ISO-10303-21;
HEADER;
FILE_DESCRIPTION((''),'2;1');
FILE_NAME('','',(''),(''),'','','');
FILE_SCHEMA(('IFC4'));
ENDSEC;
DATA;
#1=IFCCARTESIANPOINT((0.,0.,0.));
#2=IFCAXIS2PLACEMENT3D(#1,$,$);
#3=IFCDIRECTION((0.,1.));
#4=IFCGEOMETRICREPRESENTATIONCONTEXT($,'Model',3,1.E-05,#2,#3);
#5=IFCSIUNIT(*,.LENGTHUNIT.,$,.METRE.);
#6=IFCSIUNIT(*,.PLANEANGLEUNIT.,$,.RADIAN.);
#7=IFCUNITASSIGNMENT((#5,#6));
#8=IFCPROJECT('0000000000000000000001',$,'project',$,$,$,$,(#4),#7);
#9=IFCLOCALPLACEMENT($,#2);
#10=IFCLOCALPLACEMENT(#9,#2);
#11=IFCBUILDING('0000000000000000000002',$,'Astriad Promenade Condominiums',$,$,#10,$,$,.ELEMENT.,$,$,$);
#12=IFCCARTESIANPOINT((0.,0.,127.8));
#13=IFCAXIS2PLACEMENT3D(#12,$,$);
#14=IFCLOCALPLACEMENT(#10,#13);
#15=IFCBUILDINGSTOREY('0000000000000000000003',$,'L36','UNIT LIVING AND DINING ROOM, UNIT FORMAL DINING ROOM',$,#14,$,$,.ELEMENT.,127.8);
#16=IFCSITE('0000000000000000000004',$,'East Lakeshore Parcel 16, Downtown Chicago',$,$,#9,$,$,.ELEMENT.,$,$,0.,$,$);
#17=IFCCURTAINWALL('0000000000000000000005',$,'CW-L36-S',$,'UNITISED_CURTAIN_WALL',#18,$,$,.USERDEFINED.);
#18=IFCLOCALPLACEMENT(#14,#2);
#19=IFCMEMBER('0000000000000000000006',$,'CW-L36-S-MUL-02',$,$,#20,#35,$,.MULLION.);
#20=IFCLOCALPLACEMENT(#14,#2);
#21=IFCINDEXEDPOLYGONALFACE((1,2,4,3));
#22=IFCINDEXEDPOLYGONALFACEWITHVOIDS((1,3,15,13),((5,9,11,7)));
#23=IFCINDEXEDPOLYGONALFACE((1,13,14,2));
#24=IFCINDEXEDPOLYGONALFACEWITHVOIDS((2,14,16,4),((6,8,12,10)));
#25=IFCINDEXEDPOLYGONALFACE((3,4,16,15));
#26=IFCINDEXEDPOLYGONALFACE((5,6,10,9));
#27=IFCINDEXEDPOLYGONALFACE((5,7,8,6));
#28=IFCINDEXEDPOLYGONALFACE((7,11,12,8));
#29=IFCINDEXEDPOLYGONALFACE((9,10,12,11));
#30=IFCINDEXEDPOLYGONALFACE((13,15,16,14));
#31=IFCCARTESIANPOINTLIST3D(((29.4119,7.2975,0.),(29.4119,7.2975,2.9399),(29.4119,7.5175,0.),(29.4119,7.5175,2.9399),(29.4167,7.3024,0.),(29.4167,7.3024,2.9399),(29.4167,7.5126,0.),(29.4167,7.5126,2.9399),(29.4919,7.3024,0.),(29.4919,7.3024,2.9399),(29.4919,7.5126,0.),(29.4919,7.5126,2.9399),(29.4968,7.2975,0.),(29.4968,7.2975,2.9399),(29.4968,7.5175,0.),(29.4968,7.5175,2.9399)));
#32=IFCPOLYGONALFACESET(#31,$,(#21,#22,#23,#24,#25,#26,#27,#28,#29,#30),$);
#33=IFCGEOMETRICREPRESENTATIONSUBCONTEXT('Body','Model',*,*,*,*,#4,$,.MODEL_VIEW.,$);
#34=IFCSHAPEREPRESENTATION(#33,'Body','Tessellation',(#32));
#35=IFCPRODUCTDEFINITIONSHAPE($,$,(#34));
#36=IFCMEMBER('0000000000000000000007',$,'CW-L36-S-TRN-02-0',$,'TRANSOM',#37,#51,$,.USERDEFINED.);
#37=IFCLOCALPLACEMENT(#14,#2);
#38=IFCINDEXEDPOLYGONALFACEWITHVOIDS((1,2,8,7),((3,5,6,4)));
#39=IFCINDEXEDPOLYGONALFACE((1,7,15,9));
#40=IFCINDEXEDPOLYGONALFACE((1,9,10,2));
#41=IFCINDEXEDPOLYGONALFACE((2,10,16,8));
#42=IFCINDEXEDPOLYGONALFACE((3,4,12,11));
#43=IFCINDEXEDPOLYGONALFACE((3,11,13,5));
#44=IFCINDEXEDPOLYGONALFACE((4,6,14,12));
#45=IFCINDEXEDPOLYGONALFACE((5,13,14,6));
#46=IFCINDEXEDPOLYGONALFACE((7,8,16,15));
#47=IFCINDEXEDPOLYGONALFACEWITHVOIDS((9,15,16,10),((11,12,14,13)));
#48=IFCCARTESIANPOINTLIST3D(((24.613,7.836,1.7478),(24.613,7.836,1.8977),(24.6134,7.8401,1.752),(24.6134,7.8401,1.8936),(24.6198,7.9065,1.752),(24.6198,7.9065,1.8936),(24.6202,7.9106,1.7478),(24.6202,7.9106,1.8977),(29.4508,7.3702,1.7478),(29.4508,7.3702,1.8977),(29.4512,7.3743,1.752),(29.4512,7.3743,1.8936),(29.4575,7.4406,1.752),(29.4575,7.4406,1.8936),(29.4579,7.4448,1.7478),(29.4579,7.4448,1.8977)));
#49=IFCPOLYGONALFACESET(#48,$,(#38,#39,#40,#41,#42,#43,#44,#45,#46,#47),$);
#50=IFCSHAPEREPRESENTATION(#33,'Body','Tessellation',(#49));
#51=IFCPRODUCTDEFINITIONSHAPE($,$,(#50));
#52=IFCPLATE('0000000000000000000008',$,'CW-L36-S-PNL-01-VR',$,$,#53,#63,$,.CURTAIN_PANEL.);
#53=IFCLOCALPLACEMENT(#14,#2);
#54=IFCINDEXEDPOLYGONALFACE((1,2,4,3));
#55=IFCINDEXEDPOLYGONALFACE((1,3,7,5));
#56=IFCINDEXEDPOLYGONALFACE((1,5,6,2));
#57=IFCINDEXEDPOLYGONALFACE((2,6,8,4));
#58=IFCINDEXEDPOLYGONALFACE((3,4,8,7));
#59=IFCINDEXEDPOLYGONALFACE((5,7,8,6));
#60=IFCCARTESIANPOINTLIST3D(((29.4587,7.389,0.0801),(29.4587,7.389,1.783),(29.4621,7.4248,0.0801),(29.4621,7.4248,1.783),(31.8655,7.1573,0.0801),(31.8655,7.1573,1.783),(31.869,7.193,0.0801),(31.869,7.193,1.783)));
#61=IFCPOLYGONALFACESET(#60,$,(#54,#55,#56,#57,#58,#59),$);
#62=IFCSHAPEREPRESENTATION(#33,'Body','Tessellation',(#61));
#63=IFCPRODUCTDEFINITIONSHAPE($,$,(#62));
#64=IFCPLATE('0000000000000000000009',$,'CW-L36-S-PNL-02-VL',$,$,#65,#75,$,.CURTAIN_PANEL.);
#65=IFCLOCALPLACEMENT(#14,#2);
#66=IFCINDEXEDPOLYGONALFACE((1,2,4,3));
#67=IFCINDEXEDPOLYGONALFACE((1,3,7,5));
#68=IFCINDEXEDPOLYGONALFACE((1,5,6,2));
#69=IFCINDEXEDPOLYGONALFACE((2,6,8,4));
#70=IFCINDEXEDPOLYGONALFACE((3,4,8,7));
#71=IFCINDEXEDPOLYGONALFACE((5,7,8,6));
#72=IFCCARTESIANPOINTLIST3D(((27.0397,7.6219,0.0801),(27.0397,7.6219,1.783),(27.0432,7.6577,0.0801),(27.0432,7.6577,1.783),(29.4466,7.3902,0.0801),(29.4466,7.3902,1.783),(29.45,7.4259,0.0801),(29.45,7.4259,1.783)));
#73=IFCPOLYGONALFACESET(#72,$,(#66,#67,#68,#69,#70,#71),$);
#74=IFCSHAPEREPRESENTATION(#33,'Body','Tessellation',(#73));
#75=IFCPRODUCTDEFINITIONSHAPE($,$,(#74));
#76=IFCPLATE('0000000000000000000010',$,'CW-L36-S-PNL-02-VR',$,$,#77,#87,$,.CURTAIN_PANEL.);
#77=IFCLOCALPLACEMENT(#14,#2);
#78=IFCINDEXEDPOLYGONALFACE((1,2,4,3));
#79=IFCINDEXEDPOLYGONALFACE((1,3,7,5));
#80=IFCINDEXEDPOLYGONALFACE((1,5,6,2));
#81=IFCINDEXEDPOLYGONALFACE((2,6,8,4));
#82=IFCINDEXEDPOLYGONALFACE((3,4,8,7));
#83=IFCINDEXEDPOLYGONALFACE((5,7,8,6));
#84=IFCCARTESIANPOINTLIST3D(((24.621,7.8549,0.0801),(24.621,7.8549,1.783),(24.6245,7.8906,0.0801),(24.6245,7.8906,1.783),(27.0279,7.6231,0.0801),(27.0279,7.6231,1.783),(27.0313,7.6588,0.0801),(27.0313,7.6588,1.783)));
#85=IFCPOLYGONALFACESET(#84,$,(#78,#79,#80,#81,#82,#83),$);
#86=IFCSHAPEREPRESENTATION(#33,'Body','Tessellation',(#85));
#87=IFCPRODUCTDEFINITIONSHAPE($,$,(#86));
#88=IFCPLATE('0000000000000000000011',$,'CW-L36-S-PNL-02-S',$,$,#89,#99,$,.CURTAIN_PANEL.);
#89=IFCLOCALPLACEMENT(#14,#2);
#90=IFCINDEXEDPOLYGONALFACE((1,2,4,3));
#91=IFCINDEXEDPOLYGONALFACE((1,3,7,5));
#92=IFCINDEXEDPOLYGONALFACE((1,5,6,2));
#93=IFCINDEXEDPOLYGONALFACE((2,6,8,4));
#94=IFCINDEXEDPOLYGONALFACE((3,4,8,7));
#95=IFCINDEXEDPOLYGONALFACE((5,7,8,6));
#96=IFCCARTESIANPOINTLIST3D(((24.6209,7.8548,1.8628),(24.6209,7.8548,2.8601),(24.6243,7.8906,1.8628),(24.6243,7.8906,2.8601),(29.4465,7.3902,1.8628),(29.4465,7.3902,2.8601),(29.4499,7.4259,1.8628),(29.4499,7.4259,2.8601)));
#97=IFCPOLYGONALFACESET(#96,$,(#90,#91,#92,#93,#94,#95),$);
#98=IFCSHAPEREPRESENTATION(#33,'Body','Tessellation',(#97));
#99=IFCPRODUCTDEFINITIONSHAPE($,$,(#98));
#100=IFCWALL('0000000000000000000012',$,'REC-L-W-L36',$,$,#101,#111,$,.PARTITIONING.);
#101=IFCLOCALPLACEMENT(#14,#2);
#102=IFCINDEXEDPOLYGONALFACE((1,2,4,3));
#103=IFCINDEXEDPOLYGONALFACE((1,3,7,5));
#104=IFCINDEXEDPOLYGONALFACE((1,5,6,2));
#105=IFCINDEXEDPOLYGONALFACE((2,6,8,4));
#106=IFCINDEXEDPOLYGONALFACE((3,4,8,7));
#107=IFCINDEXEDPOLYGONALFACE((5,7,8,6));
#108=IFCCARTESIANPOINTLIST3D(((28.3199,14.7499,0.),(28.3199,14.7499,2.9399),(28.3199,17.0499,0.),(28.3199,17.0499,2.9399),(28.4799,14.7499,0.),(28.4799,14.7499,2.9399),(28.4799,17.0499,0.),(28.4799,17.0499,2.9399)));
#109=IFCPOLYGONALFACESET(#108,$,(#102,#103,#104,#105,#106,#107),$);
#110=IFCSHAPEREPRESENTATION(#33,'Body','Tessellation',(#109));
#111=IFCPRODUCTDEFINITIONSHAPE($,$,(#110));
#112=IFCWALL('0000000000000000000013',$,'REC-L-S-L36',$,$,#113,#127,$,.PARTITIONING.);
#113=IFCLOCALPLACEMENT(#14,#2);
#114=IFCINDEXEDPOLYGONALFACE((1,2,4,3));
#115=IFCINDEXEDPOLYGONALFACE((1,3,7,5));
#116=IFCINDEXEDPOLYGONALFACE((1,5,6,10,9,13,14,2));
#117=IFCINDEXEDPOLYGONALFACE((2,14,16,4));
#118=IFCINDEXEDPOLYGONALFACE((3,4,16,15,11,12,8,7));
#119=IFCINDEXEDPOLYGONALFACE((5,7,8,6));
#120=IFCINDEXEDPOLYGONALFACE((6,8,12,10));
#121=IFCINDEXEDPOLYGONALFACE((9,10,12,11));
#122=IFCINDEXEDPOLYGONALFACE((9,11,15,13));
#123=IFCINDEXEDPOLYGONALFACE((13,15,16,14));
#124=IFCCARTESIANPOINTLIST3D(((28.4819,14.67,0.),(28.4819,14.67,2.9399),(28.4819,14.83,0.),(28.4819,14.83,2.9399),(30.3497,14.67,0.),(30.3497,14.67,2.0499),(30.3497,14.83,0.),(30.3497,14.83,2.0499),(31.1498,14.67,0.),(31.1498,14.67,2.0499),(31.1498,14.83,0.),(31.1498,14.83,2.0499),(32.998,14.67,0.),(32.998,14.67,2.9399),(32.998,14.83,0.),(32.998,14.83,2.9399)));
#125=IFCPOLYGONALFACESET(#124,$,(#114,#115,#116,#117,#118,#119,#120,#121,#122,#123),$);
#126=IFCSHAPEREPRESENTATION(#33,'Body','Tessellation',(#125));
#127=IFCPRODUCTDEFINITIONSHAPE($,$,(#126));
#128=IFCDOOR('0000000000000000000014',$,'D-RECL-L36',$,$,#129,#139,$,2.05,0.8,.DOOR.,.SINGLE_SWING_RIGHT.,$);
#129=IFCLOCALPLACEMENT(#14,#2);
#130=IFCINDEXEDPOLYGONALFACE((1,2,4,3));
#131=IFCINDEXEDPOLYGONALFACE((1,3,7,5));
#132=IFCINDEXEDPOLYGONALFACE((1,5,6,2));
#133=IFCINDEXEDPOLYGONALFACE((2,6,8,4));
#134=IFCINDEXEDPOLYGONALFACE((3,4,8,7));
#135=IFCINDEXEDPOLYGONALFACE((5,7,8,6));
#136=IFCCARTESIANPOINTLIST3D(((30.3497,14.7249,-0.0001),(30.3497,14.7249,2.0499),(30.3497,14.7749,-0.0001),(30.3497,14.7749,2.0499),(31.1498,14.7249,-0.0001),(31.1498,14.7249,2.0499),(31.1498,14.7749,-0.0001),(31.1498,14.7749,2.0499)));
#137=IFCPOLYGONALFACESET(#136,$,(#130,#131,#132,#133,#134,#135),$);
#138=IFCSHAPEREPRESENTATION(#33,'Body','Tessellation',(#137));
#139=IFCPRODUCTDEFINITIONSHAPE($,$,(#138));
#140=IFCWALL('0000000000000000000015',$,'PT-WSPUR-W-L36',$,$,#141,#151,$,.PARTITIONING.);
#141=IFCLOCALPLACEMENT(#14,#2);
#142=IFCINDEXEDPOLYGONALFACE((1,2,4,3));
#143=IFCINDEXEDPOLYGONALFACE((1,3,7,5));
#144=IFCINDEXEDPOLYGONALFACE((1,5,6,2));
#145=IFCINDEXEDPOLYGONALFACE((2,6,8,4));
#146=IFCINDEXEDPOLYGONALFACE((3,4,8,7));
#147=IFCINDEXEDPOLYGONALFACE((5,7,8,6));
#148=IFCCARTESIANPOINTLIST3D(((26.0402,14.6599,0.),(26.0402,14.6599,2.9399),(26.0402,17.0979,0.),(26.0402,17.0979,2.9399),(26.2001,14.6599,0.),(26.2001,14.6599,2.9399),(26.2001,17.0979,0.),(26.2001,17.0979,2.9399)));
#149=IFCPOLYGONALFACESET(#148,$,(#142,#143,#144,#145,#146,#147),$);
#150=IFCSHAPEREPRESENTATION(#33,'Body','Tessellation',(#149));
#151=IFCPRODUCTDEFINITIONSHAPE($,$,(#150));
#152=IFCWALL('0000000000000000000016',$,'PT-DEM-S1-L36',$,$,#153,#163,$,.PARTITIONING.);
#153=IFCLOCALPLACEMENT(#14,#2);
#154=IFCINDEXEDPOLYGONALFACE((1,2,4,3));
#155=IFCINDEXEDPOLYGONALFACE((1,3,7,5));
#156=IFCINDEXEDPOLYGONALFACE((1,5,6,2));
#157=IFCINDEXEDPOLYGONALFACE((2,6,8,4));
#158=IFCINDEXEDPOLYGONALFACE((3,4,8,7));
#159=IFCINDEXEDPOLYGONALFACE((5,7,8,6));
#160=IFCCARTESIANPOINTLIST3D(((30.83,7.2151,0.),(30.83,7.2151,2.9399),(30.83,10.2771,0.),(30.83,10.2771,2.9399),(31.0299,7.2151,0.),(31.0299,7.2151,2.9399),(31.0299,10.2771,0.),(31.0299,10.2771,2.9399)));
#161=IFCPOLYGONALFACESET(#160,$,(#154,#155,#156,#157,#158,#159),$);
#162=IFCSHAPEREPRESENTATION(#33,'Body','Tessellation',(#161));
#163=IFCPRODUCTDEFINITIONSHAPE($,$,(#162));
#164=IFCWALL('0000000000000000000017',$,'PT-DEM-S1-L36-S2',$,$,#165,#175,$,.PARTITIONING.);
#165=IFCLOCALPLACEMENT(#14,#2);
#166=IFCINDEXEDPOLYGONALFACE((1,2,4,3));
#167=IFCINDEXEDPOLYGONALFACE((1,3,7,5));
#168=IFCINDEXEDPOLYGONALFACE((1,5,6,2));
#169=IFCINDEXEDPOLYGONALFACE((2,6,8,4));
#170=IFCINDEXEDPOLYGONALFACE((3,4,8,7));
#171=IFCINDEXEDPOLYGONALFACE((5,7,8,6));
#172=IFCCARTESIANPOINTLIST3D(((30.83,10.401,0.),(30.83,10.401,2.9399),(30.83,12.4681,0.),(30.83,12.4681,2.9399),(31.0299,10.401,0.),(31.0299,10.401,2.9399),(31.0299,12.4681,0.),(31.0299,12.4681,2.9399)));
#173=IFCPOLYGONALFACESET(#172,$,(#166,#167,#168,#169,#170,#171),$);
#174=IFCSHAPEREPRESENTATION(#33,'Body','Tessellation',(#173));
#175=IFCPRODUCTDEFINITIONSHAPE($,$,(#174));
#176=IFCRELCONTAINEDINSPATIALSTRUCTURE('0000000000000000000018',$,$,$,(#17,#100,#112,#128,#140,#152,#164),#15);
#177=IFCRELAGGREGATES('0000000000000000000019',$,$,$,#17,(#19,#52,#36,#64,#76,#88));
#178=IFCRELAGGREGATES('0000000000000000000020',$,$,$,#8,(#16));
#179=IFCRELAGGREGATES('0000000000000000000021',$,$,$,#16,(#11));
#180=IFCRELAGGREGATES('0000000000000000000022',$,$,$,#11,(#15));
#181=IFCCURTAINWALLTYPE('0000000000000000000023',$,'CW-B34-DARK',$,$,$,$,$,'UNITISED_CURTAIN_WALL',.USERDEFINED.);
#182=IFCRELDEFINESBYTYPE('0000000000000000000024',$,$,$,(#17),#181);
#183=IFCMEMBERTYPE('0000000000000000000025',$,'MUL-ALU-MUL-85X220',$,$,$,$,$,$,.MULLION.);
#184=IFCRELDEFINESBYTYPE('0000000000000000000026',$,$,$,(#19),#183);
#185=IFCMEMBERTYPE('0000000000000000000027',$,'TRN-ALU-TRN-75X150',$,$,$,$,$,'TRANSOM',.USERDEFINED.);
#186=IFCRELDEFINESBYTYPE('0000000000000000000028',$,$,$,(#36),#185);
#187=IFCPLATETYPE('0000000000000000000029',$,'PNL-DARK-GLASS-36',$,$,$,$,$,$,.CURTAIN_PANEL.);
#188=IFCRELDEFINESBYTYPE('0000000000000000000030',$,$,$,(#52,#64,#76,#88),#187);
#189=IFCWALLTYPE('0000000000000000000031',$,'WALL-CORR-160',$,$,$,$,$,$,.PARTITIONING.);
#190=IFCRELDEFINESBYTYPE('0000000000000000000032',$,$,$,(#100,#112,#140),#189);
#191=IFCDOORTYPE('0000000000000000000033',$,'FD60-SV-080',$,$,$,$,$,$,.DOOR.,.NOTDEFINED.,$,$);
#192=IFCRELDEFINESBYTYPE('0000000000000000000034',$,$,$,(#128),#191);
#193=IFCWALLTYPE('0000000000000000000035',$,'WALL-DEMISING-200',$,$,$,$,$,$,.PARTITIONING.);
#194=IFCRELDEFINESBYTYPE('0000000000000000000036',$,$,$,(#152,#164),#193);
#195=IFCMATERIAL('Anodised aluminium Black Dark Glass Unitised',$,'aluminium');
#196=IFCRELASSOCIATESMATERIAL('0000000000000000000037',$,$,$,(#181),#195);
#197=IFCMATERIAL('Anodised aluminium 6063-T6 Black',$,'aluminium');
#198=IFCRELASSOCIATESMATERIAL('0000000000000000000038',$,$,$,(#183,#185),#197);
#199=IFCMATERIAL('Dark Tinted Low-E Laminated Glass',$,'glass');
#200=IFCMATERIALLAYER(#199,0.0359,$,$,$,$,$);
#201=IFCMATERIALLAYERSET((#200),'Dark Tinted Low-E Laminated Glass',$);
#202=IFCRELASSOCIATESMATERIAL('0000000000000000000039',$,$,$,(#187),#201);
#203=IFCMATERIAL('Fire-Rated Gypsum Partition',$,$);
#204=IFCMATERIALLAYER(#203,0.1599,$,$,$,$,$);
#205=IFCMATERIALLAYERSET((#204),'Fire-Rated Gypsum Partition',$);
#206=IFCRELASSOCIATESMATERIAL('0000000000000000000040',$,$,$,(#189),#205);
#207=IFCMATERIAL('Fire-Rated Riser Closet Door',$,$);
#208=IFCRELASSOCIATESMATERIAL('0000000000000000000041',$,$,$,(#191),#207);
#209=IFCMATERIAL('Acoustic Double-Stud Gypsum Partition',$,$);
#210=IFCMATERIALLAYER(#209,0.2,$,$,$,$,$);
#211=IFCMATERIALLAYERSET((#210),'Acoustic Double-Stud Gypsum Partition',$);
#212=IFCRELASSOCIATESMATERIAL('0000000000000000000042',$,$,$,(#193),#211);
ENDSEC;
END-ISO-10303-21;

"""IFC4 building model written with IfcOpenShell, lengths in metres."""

from ifc_helpers import new_model, si_unit, direction, frame, frame_2d, origin, origin_2d, place, context, subcontext, project, spatial, rectangle, hollow_rectangle, extrude, source, transform, mapped, material, layer, layer_set, material_profile, profile_set, type_object, type_shapes, element, fill, aggregate, save


model = new_model("IFC4")

# Units and contexts
model_context = context("Model", 3, precision=1e-05, world=origin(), true_north=direction((0.0, 1.0)))
body_context = subcontext(model_context, "Body", "Model", "MODEL_VIEW")
ifc_project = project(units=[si_unit("LENGTHUNIT", "METRE"), si_unit("PLANEANGLEUNIT", "RADIAN")], contexts=[model_context])

# Site, building, storey
site_placement = place(None, origin())
site = spatial("IfcSite", under=ifc_project, at=site_placement, Name="East Lakeshore Parcel 16, Downtown Chicago", CompositionType="ELEMENT", RefElevation=0.0)
building_placement = place(site_placement, origin())
building = spatial("IfcBuilding", under=site, at=building_placement, Name="Astriad Promenade Condominiums", CompositionType="ELEMENT")
storey_placement = place(building_placement, frame((0.0, 0.0, 127.8)))
storey = spatial("IfcBuildingStorey", under=building, at=storey_placement, Name="L36", Description="UNIT LIVING AND DINING ROOM, UNIT FORMAL DINING ROOM", CompositionType="ELEMENT", Elevation=127.8)

# Curtain wall, members, plates
ifc_material_1 = material(Name="Anodised aluminium Black Dark Glass Unitised", Category="aluminium")
curtain_wall_type = type_object("IfcCurtainWallType", Name="CW-B34-DARK", ElementType="UNITISED_CURTAIN_WALL", PredefinedType="USERDEFINED", material=ifc_material_1)
curtain_wall_placement = place(storey_placement, origin())
curtain_wall = element("IfcCurtainWall", 1, at=curtain_wall_placement, inside=storey, type_object=curtain_wall_type, Name="CW-L36-S", ObjectType="UNITISED_CURTAIN_WALL", PredefinedType="USERDEFINED")
ifc_material_2 = material(Name="Anodised aluminium 6063-T6 Black", Category="aluminium")
ifc_material_profile_1 = material_profile(ifc_material_2, hollow_rectangle(XDim=0.085, YDim=0.22, WallThickness=0.0049, at=origin_2d()), Name="ALU-MUL-85X220")
ifc_profile_set_1 = profile_set([ifc_material_profile_1], Name="Anodised aluminium 6063-T6 Black")
member_type_1 = type_object("IfcMemberType", Name="MUL-ALU-MUL-85X220", PredefinedType="MULLION", material=ifc_profile_set_1)
shared_shape_1 = source(origin(), body_context, "Body", "SweptSolid", [
    extrude(hollow_rectangle(XDim=0.085, YDim=0.22, WallThickness=0.0049, at=origin_2d()), origin(), (0.0, 0.0, 1.0), 2.9399),
])
type_shapes(member_type_1, [shared_shape_1])
member_1_placement = place(storey_placement, frame((29.4543, 7.4075, 0.0), z_axis=(0.0, 0.0, 1.0), x_axis=(1.0, 0.0, 0.0)))
member_1 = element("IfcMember", 2, at=member_1_placement, type_object=member_type_1, Name="CW-L36-S-MUL-02", PredefinedType="MULLION", context=body_context, shape_type="MappedRepresentation", body=[
    mapped(shared_shape_1, transform((0.0, 0.0, 0.0), scale=1.0)),
])
ifc_material_profile_2 = material_profile(ifc_material_2, hollow_rectangle(XDim=0.075, YDim=0.1499, WallThickness=0.0042, at=origin_2d()), Name="ALU-TRN-75X150")
ifc_profile_set_2 = profile_set([ifc_material_profile_2], Name="Anodised aluminium 6063-T6 Black")
member_type_2 = type_object("IfcMemberType", Name="TRN-ALU-TRN-75X150", ElementType="TRANSOM", PredefinedType="USERDEFINED", material=ifc_profile_set_2)
shared_shape_2 = source(origin(), body_context, "Body", "SweptSolid", [
    extrude(hollow_rectangle(XDim=0.075, YDim=0.1499, WallThickness=0.0042, at=origin_2d()), origin(), (0.0, 0.0, 1.0), 4.8601),
])
type_shapes(member_type_2, [shared_shape_2])
member_2_placement = place(storey_placement, frame((29.4543, 7.4075, 1.8228), z_axis=(-0.995396, 0.095847, 0.0), x_axis=(-0.095847, -0.995396, 0.0)))
member_2 = element("IfcMember", 3, at=member_2_placement, type_object=member_type_2, Name="CW-L36-S-TRN-02-0", ObjectType="TRANSOM", PredefinedType="USERDEFINED", context=body_context, shape_type="MappedRepresentation", body=[
    mapped(shared_shape_2, transform((0.0, 0.0, 0.0), scale=1.0)),
])
ifc_material_3 = material(Name="Dark Tinted Low-E Laminated Glass", Category="glass")
ifc_layer_1 = layer(ifc_material_3, 0.0359)
ifc_layer_set_1 = layer_set([ifc_layer_1], Name="Dark Tinted Low-E Laminated Glass")
plate_type = type_object("IfcPlateType", Name="PNL-DARK-GLASS-36", PredefinedType="CURTAIN_PANEL", material=ifc_layer_set_1)
shared_shape_3 = source(origin(), body_context, "Body", "SweptSolid", [
    extrude(rectangle(XDim=2.418, YDim=0.0359, at=origin_2d()), origin(), (0.0, 0.0, 1.0), 1.7029),
])
plate_1_placement = place(storey_placement, frame((30.6638, 7.291, 0.0801), z_axis=(0.0, 0.0, 1.0), x_axis=(-0.995396, 0.095846, 0.0)))
plate_1 = element("IfcPlate", 4, at=plate_1_placement, type_object=plate_type, Name="CW-L36-S-PNL-01-VR", PredefinedType="CURTAIN_PANEL", context=body_context, shape_type="MappedRepresentation", body=[
    mapped(shared_shape_3, transform((0.0, 0.0, 0.0), scale=1.0)),
])
plate_2_placement = place(storey_placement, frame((28.2449, 7.5239, 0.0801), z_axis=(0.0, 0.0, 1.0), x_axis=(-0.995396, 0.095846, 0.0)))
plate_2 = element("IfcPlate", 5, at=plate_2_placement, type_object=plate_type, Name="CW-L36-S-PNL-02-VL", PredefinedType="CURTAIN_PANEL", context=body_context, shape_type="MappedRepresentation", body=[
    mapped(shared_shape_3, transform((0.0, 0.0, 0.0), scale=1.0)),
])
plate_3_placement = place(storey_placement, frame((25.8262, 7.7568, 0.0801), z_axis=(0.0, 0.0, 1.0), x_axis=(-0.995396, 0.095846, 0.0)))
plate_3 = element("IfcPlate", 6, at=plate_3_placement, type_object=plate_type, Name="CW-L36-S-PNL-02-VR", PredefinedType="CURTAIN_PANEL", context=body_context, shape_type="MappedRepresentation", body=[
    mapped(shared_shape_3, transform((0.0, 0.0, 0.0), scale=1.0)),
])
shared_shape_4 = source(origin(), body_context, "Body", "SweptSolid", [
    extrude(rectangle(XDim=4.8479, YDim=0.0359, at=origin_2d()), origin(), (0.0, 0.0, 1.0), 0.9973),
])
type_shapes(plate_type, [shared_shape_3, shared_shape_4])
plate_4_placement = place(storey_placement, frame((27.0354, 7.6404, 1.8628), z_axis=(0.0, 0.0, 1.0), x_axis=(-0.995396, 0.095846, 0.0)))
plate_4 = element("IfcPlate", 7, at=plate_4_placement, type_object=plate_type, Name="CW-L36-S-PNL-02-S", PredefinedType="CURTAIN_PANEL", context=body_context, shape_type="MappedRepresentation", body=[
    mapped(shared_shape_4, transform((0.0, 0.0, 0.0), scale=1.0)),
])
aggregate(curtain_wall, [member_1, plate_1, member_2, plate_2, plate_3, plate_4])

# Wall
ifc_material_4 = material(Name="Fire-Rated Gypsum Partition")
ifc_layer_2 = layer(ifc_material_4, 0.1599)
ifc_layer_set_2 = layer_set([ifc_layer_2], Name="Fire-Rated Gypsum Partition")
wall_type_1 = type_object("IfcWallType", Name="WALL-CORR-160", PredefinedType="PARTITIONING", material=ifc_layer_set_2)
wall_1_placement = place(storey_placement, frame((28.3999, 14.75, 0.0), z_axis=(0.0, 0.0, 1.0), x_axis=(0.0, 1.0, 0.0)))
element("IfcWall", 8, at=wall_1_placement, inside=storey, type_object=wall_type_1, Name="REC-L-W-L36", PredefinedType="PARTITIONING", context=body_context, shape_type="SweptSolid", body=[
    extrude(rectangle(XDim=2.3, YDim=0.1599, at=frame_2d((1.1499, 0.0))), origin(), (0.0, 0.0, 1.0), 2.9399),
])

# Wall, opening, door
wall_2_placement = place(storey_placement, frame((28.4819, 14.75, 0.0), z_axis=(0.0, 0.0, 1.0), x_axis=(1.0, 0.0, 0.0)))
wall_2 = element("IfcWall", 9, at=wall_2_placement, inside=storey, type_object=wall_type_1, Name="REC-L-S-L36", PredefinedType="PARTITIONING", context=body_context, shape_type="SweptSolid", body=[
    extrude(rectangle(XDim=4.5161, YDim=0.1599, at=frame_2d((2.2581, 0.0))), origin(), (0.0, 0.0, 1.0), 2.9399),
])
opening_1_placement = place(wall_2_placement, frame((1.8679, 0.0, 0.0)))
opening_1 = element("IfcOpeningElement", 10, at=opening_1_placement, cuts=wall_2, PredefinedType="OPENING", context=body_context, shape_type="SweptSolid", body=[
    extrude(rectangle(XDim=0.8, YDim=2.05, at=frame_2d((0.3999, 1.0249))), frame((0.0, 0.0898, 0.0), z_axis=(0.0, -1.0, 0.0), x_axis=(1.0, 0.0, 0.0)), (0.0, 0.0, 1.0), 0.1799),
])
ifc_material_5 = material(Name="Fire-Rated Riser Closet Door")
door_type_1 = type_object("IfcDoorType", Name="FD60-SV-080", OperationType="NOTDEFINED", PredefinedType="DOOR", material=ifc_material_5)
shared_shape_5 = source(origin(), body_context, "Body", "SweptSolid", [
    extrude(rectangle(XDim=0.8, YDim=2.05, at=frame_2d((0.3999, 1.0249))), frame((0.0, 0.0249, 0.0), z_axis=(0.0, -1.0, 0.0), x_axis=(1.0, 0.0, 0.0)), (0.0, 0.0, 1.0), 0.05),
])
type_shapes(door_type_1, [shared_shape_5])
door_1_placement = place(opening_1_placement, origin())
door_1 = element("IfcDoor", 11, at=door_1_placement, inside=storey, type_object=door_type_1, Name="D-RECL-L36", OperationType="SINGLE_SWING_RIGHT", OverallHeight=2.05, OverallWidth=0.8, PredefinedType="DOOR", context=body_context, shape_type="MappedRepresentation", body=[
    mapped(shared_shape_5, transform((0.0, 0.0, 0.0), scale=1.0)),
])
fill(opening_1, door_1)

# Walls
wall_3_placement = place(storey_placement, frame((26.1201, 14.6599, 0.0), z_axis=(0.0, 0.0, 1.0), x_axis=(0.0, 1.0, 0.0)))
element("IfcWall", 12, at=wall_3_placement, inside=storey, type_object=wall_type_1, Name="PT-WSPUR-W-L36", PredefinedType="PARTITIONING", context=body_context, shape_type="SweptSolid", body=[
    extrude(rectangle(XDim=2.438, YDim=0.1599, at=frame_2d((1.219, 0.0))), origin(), (0.0, 0.0, 1.0), 2.9399),
])
ifc_material_6 = material(Name="Acoustic Double-Stud Gypsum Partition")
ifc_layer_3 = layer(ifc_material_6, 0.2)
ifc_layer_set_3 = layer_set([ifc_layer_3], Name="Acoustic Double-Stud Gypsum Partition")
wall_type_2 = type_object("IfcWallType", Name="WALL-DEMISING-200", PredefinedType="PARTITIONING", material=ifc_layer_set_3)
wall_4_placement = place(storey_placement, frame((30.9299, 7.2151, 0.0), z_axis=(0.0, 0.0, 1.0), x_axis=(0.0, 1.0, 0.0)))
element("IfcWall", 13, at=wall_4_placement, inside=storey, type_object=wall_type_2, Name="PT-DEM-S1-L36", PredefinedType="PARTITIONING", context=body_context, shape_type="SweptSolid", body=[
    extrude(rectangle(XDim=3.062, YDim=0.2, at=frame_2d((1.531, 0.0))), origin(), (0.0, 0.0, 1.0), 2.9399),
])
wall_5_placement = place(storey_placement, frame((30.9299, 10.4009, 0.0), z_axis=(0.0, 0.0, 1.0), x_axis=(0.0, 1.0, 0.0)))
element("IfcWall", 14, at=wall_5_placement, inside=storey, type_object=wall_type_2, Name="PT-DEM-S1-L36-S2", PredefinedType="PARTITIONING", context=body_context, shape_type="SweptSolid", body=[
    extrude(rectangle(XDim=2.0671, YDim=0.2, at=frame_2d((1.0337, 0.0))), origin(), (0.0, 0.0, 1.0), 2.9399),
])

save(model, "model.ifc")
